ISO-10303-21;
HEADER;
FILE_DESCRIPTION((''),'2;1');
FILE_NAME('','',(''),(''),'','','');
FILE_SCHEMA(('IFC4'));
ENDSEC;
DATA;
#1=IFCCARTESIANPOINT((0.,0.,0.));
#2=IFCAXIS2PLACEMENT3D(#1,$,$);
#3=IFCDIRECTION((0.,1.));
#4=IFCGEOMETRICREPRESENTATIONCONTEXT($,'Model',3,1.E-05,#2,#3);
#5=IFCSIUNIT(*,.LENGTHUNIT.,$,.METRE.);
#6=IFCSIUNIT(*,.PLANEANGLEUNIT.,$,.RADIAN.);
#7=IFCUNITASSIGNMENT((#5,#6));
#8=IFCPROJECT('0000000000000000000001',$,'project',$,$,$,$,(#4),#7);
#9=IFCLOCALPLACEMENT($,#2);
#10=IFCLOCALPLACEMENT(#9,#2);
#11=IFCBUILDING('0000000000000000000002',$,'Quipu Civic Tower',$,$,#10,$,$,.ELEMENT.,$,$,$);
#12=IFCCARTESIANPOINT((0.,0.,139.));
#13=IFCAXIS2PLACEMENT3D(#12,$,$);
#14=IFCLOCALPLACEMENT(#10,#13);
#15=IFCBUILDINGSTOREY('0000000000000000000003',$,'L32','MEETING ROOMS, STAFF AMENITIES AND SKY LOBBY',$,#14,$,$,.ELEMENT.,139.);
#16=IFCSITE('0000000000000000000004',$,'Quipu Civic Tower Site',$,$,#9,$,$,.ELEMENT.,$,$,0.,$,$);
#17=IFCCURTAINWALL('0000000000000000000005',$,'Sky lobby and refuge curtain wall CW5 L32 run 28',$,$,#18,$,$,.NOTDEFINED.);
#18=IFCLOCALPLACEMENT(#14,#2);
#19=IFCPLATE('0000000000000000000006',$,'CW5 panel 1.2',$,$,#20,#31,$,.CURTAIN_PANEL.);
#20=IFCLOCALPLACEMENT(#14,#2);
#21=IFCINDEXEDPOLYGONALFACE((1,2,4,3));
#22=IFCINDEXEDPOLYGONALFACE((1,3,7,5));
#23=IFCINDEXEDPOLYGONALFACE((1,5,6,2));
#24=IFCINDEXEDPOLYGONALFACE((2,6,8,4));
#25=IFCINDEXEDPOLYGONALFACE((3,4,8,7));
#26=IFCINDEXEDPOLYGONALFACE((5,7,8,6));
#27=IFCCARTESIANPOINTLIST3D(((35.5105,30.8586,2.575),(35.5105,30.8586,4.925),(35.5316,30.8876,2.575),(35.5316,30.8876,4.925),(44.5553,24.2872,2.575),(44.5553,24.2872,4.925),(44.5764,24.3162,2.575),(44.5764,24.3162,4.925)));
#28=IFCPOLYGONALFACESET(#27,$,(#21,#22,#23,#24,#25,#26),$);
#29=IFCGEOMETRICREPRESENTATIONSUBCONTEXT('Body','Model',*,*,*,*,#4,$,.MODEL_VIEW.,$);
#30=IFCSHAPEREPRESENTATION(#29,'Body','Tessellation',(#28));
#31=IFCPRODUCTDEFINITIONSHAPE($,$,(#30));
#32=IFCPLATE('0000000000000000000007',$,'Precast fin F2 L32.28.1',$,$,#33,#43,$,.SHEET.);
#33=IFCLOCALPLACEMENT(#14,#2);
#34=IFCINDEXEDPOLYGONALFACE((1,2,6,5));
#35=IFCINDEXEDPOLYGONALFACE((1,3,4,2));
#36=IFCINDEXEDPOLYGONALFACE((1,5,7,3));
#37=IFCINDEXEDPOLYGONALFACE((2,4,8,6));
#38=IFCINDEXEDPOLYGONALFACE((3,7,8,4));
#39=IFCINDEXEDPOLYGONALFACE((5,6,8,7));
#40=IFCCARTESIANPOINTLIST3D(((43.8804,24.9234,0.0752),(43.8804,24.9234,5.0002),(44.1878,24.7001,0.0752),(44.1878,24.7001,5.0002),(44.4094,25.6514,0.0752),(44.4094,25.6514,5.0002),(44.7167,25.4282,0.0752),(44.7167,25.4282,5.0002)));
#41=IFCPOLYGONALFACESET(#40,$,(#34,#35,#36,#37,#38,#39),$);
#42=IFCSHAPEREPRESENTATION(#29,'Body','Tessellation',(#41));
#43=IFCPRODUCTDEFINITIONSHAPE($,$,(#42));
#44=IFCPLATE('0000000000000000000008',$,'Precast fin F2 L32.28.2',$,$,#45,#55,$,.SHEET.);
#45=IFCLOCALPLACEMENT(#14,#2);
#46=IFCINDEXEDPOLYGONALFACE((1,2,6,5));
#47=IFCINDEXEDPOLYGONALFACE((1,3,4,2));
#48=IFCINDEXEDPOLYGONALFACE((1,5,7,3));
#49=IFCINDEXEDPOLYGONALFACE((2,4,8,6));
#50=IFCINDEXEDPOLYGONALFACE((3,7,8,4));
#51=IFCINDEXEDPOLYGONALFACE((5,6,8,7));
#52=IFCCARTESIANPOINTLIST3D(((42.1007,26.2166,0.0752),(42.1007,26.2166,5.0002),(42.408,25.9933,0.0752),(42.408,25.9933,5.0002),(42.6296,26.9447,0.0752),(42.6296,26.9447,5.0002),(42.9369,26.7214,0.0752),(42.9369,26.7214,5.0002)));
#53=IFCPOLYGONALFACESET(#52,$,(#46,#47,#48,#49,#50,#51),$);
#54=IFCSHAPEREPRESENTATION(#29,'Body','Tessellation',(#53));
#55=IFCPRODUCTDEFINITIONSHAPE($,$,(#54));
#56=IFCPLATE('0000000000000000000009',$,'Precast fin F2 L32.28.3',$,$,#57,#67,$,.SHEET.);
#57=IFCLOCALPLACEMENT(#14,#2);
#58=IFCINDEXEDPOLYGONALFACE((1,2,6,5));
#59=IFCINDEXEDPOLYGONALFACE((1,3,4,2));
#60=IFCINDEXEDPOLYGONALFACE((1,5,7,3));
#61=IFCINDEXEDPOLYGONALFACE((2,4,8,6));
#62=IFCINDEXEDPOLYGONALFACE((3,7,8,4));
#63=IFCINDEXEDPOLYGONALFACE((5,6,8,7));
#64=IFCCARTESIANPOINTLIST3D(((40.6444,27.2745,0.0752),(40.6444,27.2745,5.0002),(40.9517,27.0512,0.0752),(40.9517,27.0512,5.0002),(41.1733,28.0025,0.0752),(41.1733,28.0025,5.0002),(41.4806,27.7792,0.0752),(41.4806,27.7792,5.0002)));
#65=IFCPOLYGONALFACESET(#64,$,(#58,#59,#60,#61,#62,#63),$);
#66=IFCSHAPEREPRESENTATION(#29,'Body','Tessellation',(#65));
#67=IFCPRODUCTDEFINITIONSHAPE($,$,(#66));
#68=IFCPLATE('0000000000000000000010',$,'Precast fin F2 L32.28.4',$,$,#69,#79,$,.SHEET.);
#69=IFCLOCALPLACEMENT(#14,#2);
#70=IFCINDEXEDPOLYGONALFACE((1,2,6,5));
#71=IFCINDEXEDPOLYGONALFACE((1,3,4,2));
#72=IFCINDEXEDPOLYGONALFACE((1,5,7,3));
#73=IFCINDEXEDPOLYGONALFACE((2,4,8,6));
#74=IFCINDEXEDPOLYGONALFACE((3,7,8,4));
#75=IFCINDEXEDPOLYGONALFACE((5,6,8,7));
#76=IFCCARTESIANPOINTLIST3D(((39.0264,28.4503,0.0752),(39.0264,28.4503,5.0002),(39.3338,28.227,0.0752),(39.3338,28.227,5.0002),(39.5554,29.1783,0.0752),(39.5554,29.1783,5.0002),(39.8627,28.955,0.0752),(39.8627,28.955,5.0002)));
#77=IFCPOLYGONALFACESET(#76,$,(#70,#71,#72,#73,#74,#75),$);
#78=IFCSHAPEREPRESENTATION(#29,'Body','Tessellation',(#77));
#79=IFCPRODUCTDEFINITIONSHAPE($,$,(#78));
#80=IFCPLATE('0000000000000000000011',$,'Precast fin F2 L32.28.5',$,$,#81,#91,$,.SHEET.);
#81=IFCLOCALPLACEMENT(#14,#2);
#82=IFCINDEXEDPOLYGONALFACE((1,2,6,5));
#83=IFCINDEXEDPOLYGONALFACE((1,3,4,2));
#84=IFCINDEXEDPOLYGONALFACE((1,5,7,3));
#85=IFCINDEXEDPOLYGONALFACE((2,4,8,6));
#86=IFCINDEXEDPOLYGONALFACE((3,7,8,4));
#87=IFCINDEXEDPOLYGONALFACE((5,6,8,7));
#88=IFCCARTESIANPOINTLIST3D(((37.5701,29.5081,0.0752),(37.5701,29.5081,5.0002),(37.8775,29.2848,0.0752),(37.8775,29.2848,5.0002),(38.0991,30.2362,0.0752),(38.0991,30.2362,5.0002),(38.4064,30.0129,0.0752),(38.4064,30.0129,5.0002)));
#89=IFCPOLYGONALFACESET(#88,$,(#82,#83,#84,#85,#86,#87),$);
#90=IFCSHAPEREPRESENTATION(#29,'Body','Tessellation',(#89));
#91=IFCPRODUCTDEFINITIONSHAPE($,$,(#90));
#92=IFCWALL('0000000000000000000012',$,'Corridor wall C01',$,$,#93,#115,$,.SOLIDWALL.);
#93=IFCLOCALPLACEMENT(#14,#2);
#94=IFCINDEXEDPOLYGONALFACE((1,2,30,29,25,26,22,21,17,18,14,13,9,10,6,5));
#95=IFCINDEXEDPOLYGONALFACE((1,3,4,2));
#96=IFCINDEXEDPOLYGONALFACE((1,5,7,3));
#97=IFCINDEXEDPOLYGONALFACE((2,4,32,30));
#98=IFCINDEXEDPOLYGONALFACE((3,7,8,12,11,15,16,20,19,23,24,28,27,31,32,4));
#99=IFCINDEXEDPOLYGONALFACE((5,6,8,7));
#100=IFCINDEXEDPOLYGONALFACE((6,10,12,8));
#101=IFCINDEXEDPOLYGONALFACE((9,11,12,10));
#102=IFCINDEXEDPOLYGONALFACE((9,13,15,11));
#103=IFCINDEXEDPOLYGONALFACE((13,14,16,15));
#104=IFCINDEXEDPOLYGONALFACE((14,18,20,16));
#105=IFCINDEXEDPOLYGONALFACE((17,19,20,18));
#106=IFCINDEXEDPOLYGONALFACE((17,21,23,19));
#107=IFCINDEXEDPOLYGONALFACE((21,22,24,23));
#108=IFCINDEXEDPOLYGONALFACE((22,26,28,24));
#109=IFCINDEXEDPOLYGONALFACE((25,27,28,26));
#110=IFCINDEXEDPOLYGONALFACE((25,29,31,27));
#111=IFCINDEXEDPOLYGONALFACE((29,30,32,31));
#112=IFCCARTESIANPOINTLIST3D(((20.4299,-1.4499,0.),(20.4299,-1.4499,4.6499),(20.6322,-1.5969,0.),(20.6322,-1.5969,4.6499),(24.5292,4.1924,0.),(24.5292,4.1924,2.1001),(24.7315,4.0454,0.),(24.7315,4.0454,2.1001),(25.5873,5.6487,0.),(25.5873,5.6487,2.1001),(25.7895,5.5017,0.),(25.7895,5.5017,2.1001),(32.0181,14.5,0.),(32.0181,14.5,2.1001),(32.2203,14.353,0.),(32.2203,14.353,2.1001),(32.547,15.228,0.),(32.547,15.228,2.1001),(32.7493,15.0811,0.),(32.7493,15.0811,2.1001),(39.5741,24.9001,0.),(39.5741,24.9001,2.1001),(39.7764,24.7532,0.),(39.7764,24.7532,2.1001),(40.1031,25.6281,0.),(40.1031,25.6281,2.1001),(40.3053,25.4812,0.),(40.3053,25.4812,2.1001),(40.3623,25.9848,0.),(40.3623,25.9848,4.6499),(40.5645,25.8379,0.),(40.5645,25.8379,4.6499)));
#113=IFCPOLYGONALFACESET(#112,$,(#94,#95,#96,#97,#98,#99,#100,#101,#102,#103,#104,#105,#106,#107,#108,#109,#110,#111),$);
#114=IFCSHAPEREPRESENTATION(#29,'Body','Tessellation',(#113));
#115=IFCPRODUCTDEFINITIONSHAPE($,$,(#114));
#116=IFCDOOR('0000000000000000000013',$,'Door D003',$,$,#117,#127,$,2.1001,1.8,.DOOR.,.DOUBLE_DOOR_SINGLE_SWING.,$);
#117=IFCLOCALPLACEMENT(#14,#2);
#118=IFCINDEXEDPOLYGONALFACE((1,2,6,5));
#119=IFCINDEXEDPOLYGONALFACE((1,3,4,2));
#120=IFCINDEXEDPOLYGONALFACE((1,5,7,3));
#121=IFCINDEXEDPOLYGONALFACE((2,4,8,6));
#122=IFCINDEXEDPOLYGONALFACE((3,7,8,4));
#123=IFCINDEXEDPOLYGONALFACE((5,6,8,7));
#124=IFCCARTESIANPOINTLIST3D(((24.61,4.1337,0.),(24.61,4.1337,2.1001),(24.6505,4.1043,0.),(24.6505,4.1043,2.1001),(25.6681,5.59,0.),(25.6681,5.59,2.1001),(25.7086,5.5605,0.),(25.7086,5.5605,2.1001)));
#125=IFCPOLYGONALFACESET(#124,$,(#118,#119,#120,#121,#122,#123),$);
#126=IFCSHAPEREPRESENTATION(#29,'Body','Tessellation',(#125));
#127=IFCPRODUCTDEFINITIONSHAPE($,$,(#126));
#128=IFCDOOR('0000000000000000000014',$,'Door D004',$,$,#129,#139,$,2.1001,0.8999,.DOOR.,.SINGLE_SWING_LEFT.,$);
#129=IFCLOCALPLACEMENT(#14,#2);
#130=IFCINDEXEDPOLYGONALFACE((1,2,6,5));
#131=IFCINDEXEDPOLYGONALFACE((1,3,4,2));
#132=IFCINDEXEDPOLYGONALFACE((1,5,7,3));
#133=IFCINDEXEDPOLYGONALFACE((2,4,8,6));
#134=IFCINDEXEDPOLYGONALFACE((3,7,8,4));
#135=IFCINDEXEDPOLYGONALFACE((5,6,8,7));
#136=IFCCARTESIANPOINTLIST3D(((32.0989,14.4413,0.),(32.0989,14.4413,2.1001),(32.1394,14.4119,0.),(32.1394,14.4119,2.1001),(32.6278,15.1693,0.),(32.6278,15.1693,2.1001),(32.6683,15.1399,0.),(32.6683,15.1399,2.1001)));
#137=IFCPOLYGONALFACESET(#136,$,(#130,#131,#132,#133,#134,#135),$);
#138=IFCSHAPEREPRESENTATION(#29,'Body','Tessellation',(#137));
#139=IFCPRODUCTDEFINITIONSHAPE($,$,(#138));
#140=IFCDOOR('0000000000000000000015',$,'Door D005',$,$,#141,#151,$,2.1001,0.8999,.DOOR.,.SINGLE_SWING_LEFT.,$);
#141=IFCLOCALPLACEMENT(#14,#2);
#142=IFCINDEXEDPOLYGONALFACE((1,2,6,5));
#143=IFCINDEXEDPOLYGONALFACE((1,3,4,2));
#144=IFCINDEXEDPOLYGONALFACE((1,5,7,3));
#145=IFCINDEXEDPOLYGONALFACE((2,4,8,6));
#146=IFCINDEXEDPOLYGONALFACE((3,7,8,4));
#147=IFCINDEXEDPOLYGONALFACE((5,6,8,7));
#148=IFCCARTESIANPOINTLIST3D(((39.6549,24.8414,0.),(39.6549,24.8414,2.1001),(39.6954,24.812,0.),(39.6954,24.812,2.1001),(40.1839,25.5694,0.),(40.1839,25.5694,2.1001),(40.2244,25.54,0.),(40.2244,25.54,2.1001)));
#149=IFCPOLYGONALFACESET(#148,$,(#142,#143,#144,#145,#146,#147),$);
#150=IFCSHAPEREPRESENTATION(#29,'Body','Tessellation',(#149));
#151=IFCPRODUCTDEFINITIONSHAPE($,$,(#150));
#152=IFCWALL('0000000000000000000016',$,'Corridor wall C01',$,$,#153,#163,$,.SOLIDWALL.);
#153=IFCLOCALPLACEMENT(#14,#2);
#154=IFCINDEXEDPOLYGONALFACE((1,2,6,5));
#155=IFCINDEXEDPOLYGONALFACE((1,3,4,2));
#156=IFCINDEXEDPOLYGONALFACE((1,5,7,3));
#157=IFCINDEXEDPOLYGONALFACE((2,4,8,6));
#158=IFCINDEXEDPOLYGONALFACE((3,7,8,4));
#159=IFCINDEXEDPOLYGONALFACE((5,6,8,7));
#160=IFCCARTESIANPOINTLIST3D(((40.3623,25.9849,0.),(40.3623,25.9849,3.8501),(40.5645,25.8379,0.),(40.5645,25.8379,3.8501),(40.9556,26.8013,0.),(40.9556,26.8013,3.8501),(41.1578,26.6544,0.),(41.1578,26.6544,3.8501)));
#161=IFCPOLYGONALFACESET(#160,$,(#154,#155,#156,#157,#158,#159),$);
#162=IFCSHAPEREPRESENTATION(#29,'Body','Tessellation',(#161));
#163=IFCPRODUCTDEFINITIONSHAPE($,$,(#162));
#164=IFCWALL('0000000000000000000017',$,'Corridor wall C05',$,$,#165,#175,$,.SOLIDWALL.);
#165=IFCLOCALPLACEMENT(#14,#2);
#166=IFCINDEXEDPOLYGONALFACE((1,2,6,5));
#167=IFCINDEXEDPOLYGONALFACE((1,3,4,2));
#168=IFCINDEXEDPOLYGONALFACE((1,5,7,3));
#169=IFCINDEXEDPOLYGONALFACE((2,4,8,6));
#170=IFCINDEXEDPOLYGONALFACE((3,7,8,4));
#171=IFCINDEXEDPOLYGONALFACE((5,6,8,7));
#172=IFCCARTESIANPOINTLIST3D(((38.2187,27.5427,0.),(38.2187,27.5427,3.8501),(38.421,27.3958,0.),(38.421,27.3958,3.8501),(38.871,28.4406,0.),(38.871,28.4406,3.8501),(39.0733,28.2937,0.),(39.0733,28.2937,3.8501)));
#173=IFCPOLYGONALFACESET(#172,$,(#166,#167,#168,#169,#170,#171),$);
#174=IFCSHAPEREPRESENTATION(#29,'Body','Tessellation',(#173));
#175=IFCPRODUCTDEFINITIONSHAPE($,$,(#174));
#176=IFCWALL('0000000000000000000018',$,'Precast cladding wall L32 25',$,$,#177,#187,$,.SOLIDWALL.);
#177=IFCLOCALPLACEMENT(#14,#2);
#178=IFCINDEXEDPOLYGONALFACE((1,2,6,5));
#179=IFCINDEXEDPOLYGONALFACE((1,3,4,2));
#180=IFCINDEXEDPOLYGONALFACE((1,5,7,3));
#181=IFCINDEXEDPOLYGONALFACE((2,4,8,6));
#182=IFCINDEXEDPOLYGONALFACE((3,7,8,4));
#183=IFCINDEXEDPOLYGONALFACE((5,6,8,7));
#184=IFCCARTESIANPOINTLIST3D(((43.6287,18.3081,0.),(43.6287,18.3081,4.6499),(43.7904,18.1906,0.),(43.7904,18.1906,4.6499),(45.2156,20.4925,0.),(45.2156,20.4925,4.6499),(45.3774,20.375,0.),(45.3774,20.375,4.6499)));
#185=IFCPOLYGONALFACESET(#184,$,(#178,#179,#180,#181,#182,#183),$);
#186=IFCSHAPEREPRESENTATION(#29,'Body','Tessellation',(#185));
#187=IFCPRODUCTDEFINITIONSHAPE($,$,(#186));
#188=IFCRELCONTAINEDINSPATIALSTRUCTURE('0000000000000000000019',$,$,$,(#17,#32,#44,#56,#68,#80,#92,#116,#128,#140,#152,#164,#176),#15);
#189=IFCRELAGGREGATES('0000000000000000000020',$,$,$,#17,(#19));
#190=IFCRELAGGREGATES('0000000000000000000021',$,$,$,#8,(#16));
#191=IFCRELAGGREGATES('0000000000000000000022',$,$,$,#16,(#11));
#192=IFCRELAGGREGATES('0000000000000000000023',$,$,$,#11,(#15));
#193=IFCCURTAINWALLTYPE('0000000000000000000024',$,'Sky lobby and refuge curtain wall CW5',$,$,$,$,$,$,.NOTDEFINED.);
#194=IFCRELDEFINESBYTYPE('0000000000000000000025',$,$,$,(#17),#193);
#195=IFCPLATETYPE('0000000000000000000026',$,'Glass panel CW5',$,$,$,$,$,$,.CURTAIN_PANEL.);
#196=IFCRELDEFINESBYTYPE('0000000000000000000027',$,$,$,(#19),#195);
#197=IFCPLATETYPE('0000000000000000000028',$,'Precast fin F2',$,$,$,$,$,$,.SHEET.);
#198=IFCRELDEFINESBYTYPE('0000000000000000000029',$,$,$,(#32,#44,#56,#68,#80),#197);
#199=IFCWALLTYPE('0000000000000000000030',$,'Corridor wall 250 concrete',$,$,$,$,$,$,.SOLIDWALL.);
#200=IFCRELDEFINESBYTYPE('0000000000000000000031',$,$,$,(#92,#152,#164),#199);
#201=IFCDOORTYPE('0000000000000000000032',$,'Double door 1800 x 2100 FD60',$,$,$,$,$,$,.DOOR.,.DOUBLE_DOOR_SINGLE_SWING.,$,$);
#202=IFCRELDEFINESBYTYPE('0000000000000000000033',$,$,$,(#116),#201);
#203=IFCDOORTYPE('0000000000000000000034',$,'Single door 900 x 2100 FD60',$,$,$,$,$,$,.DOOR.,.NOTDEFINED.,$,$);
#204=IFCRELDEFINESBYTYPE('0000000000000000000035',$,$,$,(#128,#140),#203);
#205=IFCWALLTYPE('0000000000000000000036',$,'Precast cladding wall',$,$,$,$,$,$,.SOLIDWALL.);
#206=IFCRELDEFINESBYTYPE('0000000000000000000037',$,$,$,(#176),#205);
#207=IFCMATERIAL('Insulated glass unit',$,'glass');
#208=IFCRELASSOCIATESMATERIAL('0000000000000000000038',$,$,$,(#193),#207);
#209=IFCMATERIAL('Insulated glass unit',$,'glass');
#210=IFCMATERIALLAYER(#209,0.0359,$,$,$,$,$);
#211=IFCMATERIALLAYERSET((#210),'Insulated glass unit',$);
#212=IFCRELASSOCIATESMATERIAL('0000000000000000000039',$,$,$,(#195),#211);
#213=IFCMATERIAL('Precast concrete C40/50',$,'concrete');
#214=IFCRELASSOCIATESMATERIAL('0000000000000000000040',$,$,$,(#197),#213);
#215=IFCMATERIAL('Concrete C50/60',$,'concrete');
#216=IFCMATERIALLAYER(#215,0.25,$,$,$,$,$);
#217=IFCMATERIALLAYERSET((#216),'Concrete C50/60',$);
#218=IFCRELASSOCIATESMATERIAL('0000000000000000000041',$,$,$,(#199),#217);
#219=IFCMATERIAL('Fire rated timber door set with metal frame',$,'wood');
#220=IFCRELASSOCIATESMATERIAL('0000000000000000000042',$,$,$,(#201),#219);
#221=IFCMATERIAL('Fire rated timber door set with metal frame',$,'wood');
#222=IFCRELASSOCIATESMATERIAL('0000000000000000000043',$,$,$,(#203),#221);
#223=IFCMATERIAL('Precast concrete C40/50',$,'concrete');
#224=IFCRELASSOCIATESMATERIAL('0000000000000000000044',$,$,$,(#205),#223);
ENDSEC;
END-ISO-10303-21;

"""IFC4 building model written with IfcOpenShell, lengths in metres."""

from ifc_helpers import new_model, si_unit, direction, frame, frame_2d, origin, origin_2d, place, context, subcontext, project, spatial, rectangle, extrude, material, layer, layer_set, type_object, element, fill, aggregate, save


model = new_model("IFC4")

# Units and contexts
model_context = context("Model", 3, precision=1e-05, world=origin(), true_north=direction((0.0, 1.0)))
body_context = subcontext(model_context, "Body", "Model", "MODEL_VIEW")
ifc_project = project(units=[si_unit("LENGTHUNIT", "METRE"), si_unit("PLANEANGLEUNIT", "RADIAN")], contexts=[model_context])

# Site, building, storey
site_placement = place(None, origin())
site = spatial("IfcSite", under=ifc_project, at=site_placement, Name="Quipu Civic Tower Site", CompositionType="ELEMENT", RefElevation=0.0)
building_placement = place(site_placement, origin())
building = spatial("IfcBuilding", under=site, at=building_placement, Name="Quipu Civic Tower", CompositionType="ELEMENT")
storey_placement = place(building_placement, frame((0.0, 0.0, 139.0)))
storey = spatial("IfcBuildingStorey", under=building, at=storey_placement, Name="L32", Description="MEETING ROOMS, STAFF AMENITIES AND SKY LOBBY", CompositionType="ELEMENT", Elevation=139.0)

# Curtain wall
ifc_material_1 = material(Name="Insulated glass unit", Category="glass")
curtain_wall_type = type_object("IfcCurtainWallType", Name="Sky lobby and refuge curtain wall CW5", PredefinedType="NOTDEFINED", material=ifc_material_1)
curtain_wall_placement = place(storey_placement, origin())
curtain_wall = element("IfcCurtainWall", 1, at=curtain_wall_placement, inside=storey, type_object=curtain_wall_type, Name="Sky lobby and refuge curtain wall CW5 L32 run 28", PredefinedType="NOTDEFINED")

# Plate
ifc_material_2 = material(Name="Insulated glass unit", Category="glass")
ifc_layer_1 = layer(ifc_material_2, 0.0359)
ifc_layer_set_1 = layer_set([ifc_layer_1], Name="Insulated glass unit")
plate_type_1 = type_object("IfcPlateType", Name="Glass panel CW5", PredefinedType="CURTAIN_PANEL", material=ifc_layer_set_1)
plate_1_placement = place(storey_placement, frame((40.0435, 27.5874, 2.575), z_axis=(0.0, 0.0, 1.0), x_axis=(-0.809015, 0.587788, 0.0)))
plate_1 = element("IfcPlate", 2, at=plate_1_placement, type_object=plate_type_1, Name="CW5 panel 1.2", PredefinedType="CURTAIN_PANEL", context=body_context, shape_type="SweptSolid", body=[
    extrude(rectangle(XDim=11.1799, YDim=0.0359, at=origin_2d()), origin(), (0.0, 0.0, 1.0), 2.3501),
])
aggregate(curtain_wall, [plate_1])

# Plates
ifc_material_3 = material(Name="Precast concrete C40/50", Category="concrete")
plate_type_2 = type_object("IfcPlateType", Name="Precast fin F2", PredefinedType="SHEET", material=ifc_material_3)
for number, where, z_axis, x_axis, name in (
    (3, (44.2986, 25.1758, 0.0752), (0.0, 0.0, 1.0), (-0.809017, 0.587785, 0.0), "Precast fin F2 L32.28.1"),
    (4, (42.5188, 26.469, 0.0752), (0.0, 0.0, 1.0), (-0.809017, 0.587785, 0.0), "Precast fin F2 L32.28.2"),
    (5, (41.0625, 27.5269, 0.0752), (0.0, 0.0, 1.0), (-0.809017, 0.587785, 0.0), "Precast fin F2 L32.28.3"),
    (6, (39.4446, 28.7026, 0.0752), (0.0, 0.0, 1.0), (-0.809017, 0.587785, 0.0), "Precast fin F2 L32.28.4"),
    (7, (37.9883, 29.7605, 0.0752), (0.0, 0.0, 1.0), (-0.809017, 0.587785, 0.0), "Precast fin F2 L32.28.5"),
):
    element("IfcPlate", number, at=place(storey_placement, frame(where, z_axis=z_axis, x_axis=x_axis)), inside=storey, type_object=plate_type_2, Name=name, PredefinedType="SHEET", context=body_context, shape_type="SweptSolid", body=[
        extrude(rectangle(XDim=0.3799, YDim=0.8999, at=origin_2d()), origin(), (0.0, 0.0, 1.0), 4.925),
    ])

# Wall, openings, doors
ifc_material_4 = material(Name="Concrete C50/60", Category="concrete")
ifc_layer_2 = layer(ifc_material_4, 0.25)
ifc_layer_set_2 = layer_set([ifc_layer_2], Name="Concrete C50/60")
wall_type_1 = type_object("IfcWallType", Name="Corridor wall 250 concrete", PredefinedType="SOLIDWALL", material=ifc_layer_set_2)
wall_1_placement = place(storey_placement, frame((40.4634, 25.9114, 0.0), z_axis=(0.0, 0.0, 1.0), x_axis=(-0.587782, -0.80902, 0.0)))
wall_1 = element("IfcWall", 8, at=wall_1_placement, inside=storey, type_object=wall_type_1, Name="Corridor wall C01", PredefinedType="SOLIDWALL", context=body_context, shape_type="SweptSolid", body=[
    extrude(rectangle(XDim=33.9111, YDim=0.25, at=frame_2d((16.9556, 0.0))), origin(), (0.0, 0.0, 1.0), 4.6499),
])
opening_1_placement = place(wall_1_placement, frame((25.137, 0.0, 0.0)))
opening_1 = element("IfcOpeningElement", 9, at=opening_1_placement, cuts=wall_1, PredefinedType="OPENING", context=body_context, shape_type="SweptSolid", body=[
    extrude(rectangle(XDim=1.8, YDim=2.1001, at=frame_2d((0.8999, 1.05))), frame((0.0, 0.135, 0.0), z_axis=(0.0, -1.0, 0.0), x_axis=(1.0, 0.0, 0.0)), (0.0, 0.0, 1.0), 0.27),
])
opening_2_placement = place(wall_1_placement, frame((13.2961, 0.0, 0.0)))
opening_2 = element("IfcOpeningElement", 10, at=opening_2_placement, cuts=wall_1, PredefinedType="OPENING", context=body_context, shape_type="SweptSolid", body=[
    extrude(rectangle(XDim=0.8999, YDim=2.1001, at=frame_2d((0.45, 1.05))), frame((0.0, 0.135, 0.0), z_axis=(0.0, -1.0, 0.0), x_axis=(1.0, 0.0, 0.0)), (0.0, 0.0, 1.0), 0.27),
])
opening_3_placement = place(wall_1_placement, frame((0.4409, 0.0, 0.0)))
opening_3 = element("IfcOpeningElement", 11, at=opening_3_placement, cuts=wall_1, PredefinedType="OPENING", context=body_context, shape_type="SweptSolid", body=[
    extrude(rectangle(XDim=0.8999, YDim=2.1001, at=frame_2d((0.45, 1.05))), frame((0.0, 0.135, 0.0), z_axis=(0.0, -1.0, 0.0), x_axis=(1.0, 0.0, 0.0)), (0.0, 0.0, 1.0), 0.27),
])
ifc_material_5 = material(Name="Fire rated timber door set with metal frame", Category="wood")
door_type_1 = type_object("IfcDoorType", Name="Double door 1800 x 2100 FD60", OperationType="DOUBLE_DOOR_SINGLE_SWING", PredefinedType="DOOR", material=ifc_material_5)
door_1_placement = place(opening_1_placement, origin())
door_1 = element("IfcDoor", 12, at=door_1_placement, inside=storey, type_object=door_type_1, Name="Door D003", OperationType="DOUBLE_DOOR_SINGLE_SWING", OverallHeight=2.1001, OverallWidth=1.8, PredefinedType="DOOR", context=body_context, shape_type="SweptSolid", body=[
    extrude(rectangle(XDim=1.8, YDim=2.1001, at=frame_2d((0.8999, 1.05))), frame((0.0, 0.0249, 0.0), z_axis=(0.0, -1.0, 0.0), x_axis=(1.0, 0.0, 0.0)), (0.0, 0.0, 1.0), 0.05),
])
fill(opening_1, door_1)
ifc_material_6 = material(Name="Fire rated timber door set with metal frame", Category="wood")
door_type_2 = type_object("IfcDoorType", Name="Single door 900 x 2100 FD60", OperationType="NOTDEFINED", PredefinedType="DOOR", material=ifc_material_6)
door_2_placement = place(opening_2_placement, origin())
door_2 = element("IfcDoor", 13, at=door_2_placement, inside=storey, type_object=door_type_2, Name="Door D004", OperationType="SINGLE_SWING_LEFT", OverallHeight=2.1001, OverallWidth=0.8999, PredefinedType="DOOR", context=body_context, shape_type="SweptSolid", body=[
    extrude(rectangle(XDim=0.8999, YDim=2.1001, at=frame_2d((0.45, 1.05))), frame((0.0, 0.0249, 0.0), z_axis=(0.0, -1.0, 0.0), x_axis=(1.0, 0.0, 0.0)), (0.0, 0.0, 1.0), 0.05),
])
fill(opening_2, door_2)
door_3_placement = place(opening_3_placement, origin())
door_3 = element("IfcDoor", 14, at=door_3_placement, inside=storey, type_object=door_type_2, Name="Door D005", OperationType="SINGLE_SWING_LEFT", OverallHeight=2.1001, OverallWidth=0.8999, PredefinedType="DOOR", context=body_context, shape_type="SweptSolid", body=[
    extrude(rectangle(XDim=0.8999, YDim=2.1001, at=frame_2d((0.45, 1.05))), frame((0.0, 0.0249, 0.0), z_axis=(0.0, -1.0, 0.0), x_axis=(1.0, 0.0, 0.0)), (0.0, 0.0, 1.0), 0.05),
])
fill(opening_3, door_3)

# Walls
wall_2_placement = place(storey_placement, frame((40.4634, 25.9114, 0.0), z_axis=(0.0, 0.0, 1.0), x_axis=(0.587855, 0.808966, 0.0)))
element("IfcWall", 15, at=wall_2_placement, inside=storey, type_object=wall_type_1, Name="Corridor wall C01", PredefinedType="SOLIDWALL", context=body_context, shape_type="SweptSolid", body=[
    extrude(rectangle(XDim=1.0093, YDim=0.25, at=frame_2d((0.5046, 0.0))), origin(), (0.0, 0.0, 1.0), 3.8501),
])
wall_3_placement = place(storey_placement, frame((38.3198, 27.4692, 0.0), z_axis=(0.0, 0.0, 1.0), x_axis=(0.587753, 0.80904, 0.0)))
element("IfcWall", 16, at=wall_3_placement, inside=storey, type_object=wall_type_1, Name="Corridor wall C05", PredefinedType="SOLIDWALL", context=body_context, shape_type="SweptSolid", body=[
    extrude(rectangle(XDim=1.1099, YDim=0.25, at=frame_2d((0.5549, 0.0))), origin(), (0.0, 0.0, 1.0), 3.8501),
])
ifc_material_7 = material(Name="Precast concrete C40/50", Category="concrete")
wall_type_2 = type_object("IfcWallType", Name="Precast cladding wall", PredefinedType="SOLIDWALL", material=ifc_material_7)
for number, where, z_axis, x_axis, name in (
    (17, (43.7095, 18.2493, 0.0), (0.0, 0.0, 1.0), (0.587763, 0.809033, 0.0), "Precast cladding wall L32 25"),
):
    element("IfcWall", number, at=place(storey_placement, frame(where, z_axis=z_axis, x_axis=x_axis)), inside=storey, type_object=wall_type_2, Name=name, PredefinedType="SOLIDWALL", context=body_context, shape_type="SweptSolid", body=[
        extrude(rectangle(XDim=2.7, YDim=0.2, at=frame_2d((1.3501, 0.0))), origin(), (0.0, 0.0, 1.0), 4.6499),
    ])

save(model, "model.ifc")
